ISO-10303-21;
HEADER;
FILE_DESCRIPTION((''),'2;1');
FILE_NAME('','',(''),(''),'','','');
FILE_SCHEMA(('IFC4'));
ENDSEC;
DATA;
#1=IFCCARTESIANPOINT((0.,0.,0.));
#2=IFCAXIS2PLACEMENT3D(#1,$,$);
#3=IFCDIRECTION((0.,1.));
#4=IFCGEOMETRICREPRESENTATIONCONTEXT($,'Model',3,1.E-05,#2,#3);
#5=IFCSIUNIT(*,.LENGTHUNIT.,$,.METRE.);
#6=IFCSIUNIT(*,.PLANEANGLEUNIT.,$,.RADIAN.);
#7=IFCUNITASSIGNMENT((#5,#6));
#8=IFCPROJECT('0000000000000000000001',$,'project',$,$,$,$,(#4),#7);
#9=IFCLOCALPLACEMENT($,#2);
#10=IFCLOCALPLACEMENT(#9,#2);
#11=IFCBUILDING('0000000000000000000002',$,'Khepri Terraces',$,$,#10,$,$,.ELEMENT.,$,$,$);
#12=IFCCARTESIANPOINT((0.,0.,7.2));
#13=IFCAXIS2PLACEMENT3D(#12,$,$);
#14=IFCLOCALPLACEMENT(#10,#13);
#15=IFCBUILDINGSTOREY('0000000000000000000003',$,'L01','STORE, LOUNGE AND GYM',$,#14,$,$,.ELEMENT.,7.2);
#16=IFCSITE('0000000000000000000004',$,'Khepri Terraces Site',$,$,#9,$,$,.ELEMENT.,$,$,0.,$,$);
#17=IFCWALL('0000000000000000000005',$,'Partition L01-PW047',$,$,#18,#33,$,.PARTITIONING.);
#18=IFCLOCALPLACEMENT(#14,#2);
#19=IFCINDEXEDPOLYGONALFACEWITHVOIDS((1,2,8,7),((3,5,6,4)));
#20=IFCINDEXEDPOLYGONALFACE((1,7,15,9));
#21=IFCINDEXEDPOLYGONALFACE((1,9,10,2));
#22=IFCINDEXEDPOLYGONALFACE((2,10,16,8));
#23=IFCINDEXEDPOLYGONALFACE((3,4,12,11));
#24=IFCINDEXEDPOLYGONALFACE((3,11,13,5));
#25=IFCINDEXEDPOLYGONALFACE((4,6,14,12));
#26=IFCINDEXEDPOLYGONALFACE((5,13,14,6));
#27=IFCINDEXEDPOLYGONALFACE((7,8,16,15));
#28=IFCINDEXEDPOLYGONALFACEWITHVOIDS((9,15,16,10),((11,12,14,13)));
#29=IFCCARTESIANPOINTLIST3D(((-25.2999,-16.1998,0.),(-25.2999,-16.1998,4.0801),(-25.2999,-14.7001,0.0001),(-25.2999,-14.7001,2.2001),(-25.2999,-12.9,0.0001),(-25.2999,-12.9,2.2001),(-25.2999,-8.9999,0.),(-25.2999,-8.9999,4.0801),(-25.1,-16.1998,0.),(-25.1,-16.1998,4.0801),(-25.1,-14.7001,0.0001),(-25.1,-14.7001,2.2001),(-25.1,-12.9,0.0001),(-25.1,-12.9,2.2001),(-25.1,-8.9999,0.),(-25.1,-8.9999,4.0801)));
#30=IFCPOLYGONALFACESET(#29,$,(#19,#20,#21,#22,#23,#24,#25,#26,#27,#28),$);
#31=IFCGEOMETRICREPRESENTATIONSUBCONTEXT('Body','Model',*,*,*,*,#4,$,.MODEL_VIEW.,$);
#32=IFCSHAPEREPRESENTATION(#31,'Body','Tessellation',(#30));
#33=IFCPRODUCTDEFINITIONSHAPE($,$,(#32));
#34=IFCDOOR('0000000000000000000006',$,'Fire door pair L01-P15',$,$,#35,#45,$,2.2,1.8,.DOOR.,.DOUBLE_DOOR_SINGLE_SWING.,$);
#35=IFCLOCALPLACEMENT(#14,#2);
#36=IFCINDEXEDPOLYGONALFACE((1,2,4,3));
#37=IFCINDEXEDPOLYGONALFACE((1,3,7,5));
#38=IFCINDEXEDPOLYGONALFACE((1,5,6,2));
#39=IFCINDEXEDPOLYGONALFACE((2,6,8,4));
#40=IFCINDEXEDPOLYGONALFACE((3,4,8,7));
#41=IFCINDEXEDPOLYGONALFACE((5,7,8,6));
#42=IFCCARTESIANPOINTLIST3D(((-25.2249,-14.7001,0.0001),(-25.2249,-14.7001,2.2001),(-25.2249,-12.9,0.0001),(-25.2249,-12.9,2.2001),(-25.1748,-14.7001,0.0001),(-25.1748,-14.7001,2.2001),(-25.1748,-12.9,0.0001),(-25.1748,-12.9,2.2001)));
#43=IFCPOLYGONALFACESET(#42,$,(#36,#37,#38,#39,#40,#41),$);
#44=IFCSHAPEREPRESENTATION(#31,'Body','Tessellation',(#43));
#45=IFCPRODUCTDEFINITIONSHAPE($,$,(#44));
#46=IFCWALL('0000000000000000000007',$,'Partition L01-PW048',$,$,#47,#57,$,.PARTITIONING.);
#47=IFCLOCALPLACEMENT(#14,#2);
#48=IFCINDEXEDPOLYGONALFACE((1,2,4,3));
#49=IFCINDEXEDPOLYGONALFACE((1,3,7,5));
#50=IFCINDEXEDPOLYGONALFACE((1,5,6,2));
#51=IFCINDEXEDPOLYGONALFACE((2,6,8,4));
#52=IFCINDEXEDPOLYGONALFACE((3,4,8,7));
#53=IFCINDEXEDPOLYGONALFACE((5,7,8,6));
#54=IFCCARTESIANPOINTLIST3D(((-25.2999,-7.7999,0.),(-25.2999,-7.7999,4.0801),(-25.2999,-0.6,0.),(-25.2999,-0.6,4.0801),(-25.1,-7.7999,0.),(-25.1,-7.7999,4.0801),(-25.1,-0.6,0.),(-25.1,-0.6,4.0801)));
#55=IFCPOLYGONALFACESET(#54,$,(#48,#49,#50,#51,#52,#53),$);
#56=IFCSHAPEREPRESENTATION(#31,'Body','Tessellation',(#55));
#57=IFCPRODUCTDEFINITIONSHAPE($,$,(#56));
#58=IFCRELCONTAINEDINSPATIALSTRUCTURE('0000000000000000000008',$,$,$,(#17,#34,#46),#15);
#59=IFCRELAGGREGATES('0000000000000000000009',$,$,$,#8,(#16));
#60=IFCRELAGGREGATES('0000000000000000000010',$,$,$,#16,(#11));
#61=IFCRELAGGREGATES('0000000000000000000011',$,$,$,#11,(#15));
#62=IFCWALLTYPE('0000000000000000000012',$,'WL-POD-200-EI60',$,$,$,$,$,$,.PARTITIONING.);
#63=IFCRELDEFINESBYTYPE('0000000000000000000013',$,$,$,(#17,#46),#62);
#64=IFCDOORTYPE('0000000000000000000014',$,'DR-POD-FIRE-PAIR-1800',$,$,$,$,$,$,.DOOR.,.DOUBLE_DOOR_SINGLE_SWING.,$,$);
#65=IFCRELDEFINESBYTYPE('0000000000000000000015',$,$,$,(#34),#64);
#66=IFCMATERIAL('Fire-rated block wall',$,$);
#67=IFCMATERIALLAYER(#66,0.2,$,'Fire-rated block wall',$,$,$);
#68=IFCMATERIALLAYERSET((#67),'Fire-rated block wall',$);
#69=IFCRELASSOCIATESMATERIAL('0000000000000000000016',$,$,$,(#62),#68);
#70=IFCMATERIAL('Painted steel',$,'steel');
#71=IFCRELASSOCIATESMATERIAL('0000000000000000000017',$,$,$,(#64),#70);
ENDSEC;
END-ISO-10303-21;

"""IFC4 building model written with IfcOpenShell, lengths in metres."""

from ifc_helpers import new_model, si_unit, direction, frame, frame_2d, origin, place, context, subcontext, project, spatial, rectangle, extrude, material, layer, layer_set, type_object, element, fill, save


model = new_model("IFC4")

# Units and contexts
model_context = context("Model", 3, precision=1e-05, world=origin(), true_north=direction((0.0, 1.0)))
body_context = subcontext(model_context, "Body", "Model", "MODEL_VIEW")
ifc_project = project(units=[si_unit("LENGTHUNIT", "METRE"), si_unit("PLANEANGLEUNIT", "RADIAN")], contexts=[model_context])

# Site, building, storey
site_placement = place(None, origin())
site = spatial("IfcSite", under=ifc_project, at=site_placement, Name="Khepri Terraces Site", CompositionType="ELEMENT", RefElevation=0.0)
building_placement = place(site_placement, origin())
building = spatial("IfcBuilding", under=site, at=building_placement, Name="Khepri Terraces", CompositionType="ELEMENT")
storey_placement = place(building_placement, frame((0.0, 0.0, 7.2)))
storey = spatial("IfcBuildingStorey", under=building, at=storey_placement, Name="L01", Description="STORE, LOUNGE AND GYM", CompositionType="ELEMENT", Elevation=7.2)

# Shared definitions
ifc_material_1 = material(Name="Painted steel", Category="steel")

# Shared definitions
ifc_material_2 = material(Name="Fire-rated block wall")
ifc_layer_1 = layer(ifc_material_2, 0.2, Name="Fire-rated block wall")
ifc_layer_set_1 = layer_set([ifc_layer_1], Name="Fire-rated block wall")
wall_type_1 = type_object("IfcWallType", Name="WL-POD-200-EI60", PredefinedType="PARTITIONING", material=ifc_layer_set_1)

# Wall, opening, door
wall_1_placement = place(storey_placement, frame((-25.2, -16.2, 0.0), z_axis=(0.0, 0.0, 1.0), x_axis=(0.0, 1.0, 0.0)))
wall_1 = element("IfcWall", 1, at=wall_1_placement, inside=storey, type_object=wall_type_1, Name="Partition L01-PW047", PredefinedType="PARTITIONING", context=body_context, shape_type="SweptSolid", body=[
    extrude(rectangle(XDim=7.2, YDim=0.2, at=frame_2d((3.6001, 0.0))), origin(), (0.0, 0.0, 1.0), 4.0801),
])
opening_1_placement = place(wall_1_placement, frame((1.5, 0.0, 0.0)))
opening_1 = element("IfcOpeningElement", 2, at=opening_1_placement, cuts=wall_1, PredefinedType="OPENING", context=body_context, shape_type="SweptSolid", body=[
    extrude(rectangle(XDim=1.8, YDim=2.2, at=frame_2d((0.8999, 1.1001))), frame((0.0, 0.1099, 0.0), z_axis=(0.0, -1.0, 0.0), x_axis=(1.0, 0.0, 0.0)), (0.0, 0.0, 1.0), 0.22),
])
door_type_1 = type_object("IfcDoorType", Name="DR-POD-FIRE-PAIR-1800", OperationType="DOUBLE_DOOR_SINGLE_SWING", PredefinedType="DOOR", material=ifc_material_1)
door_1_placement = place(opening_1_placement, origin())
door_1 = element("IfcDoor", 3, at=door_1_placement, inside=storey, type_object=door_type_1, Name="Fire door pair L01-P15", OperationType="DOUBLE_DOOR_SINGLE_SWING", OverallHeight=2.2, OverallWidth=1.8, PredefinedType="DOOR", context=body_context, shape_type="SweptSolid", body=[
    extrude(rectangle(XDim=1.8, YDim=2.2, at=frame_2d((0.8999, 1.1001))), frame((0.0, 0.0249, 0.0), z_axis=(0.0, -1.0, 0.0), x_axis=(1.0, 0.0, 0.0)), (0.0, 0.0, 1.0), 0.05),
])
fill(opening_1, door_1)

# Wall
wall_2_placement = place(storey_placement, frame((-25.2, -7.8, 0.0), z_axis=(0.0, 0.0, 1.0), x_axis=(0.0, 1.0, 0.0)))
element("IfcWall", 4, at=wall_2_placement, inside=storey, type_object=wall_type_1, Name="Partition L01-PW048", PredefinedType="PARTITIONING", context=body_context, shape_type="SweptSolid", body=[
    extrude(rectangle(XDim=7.2, YDim=0.2, at=frame_2d((3.6001, 0.0))), origin(), (0.0, 0.0, 1.0), 4.0801),
])

save(model, "model.ifc")
